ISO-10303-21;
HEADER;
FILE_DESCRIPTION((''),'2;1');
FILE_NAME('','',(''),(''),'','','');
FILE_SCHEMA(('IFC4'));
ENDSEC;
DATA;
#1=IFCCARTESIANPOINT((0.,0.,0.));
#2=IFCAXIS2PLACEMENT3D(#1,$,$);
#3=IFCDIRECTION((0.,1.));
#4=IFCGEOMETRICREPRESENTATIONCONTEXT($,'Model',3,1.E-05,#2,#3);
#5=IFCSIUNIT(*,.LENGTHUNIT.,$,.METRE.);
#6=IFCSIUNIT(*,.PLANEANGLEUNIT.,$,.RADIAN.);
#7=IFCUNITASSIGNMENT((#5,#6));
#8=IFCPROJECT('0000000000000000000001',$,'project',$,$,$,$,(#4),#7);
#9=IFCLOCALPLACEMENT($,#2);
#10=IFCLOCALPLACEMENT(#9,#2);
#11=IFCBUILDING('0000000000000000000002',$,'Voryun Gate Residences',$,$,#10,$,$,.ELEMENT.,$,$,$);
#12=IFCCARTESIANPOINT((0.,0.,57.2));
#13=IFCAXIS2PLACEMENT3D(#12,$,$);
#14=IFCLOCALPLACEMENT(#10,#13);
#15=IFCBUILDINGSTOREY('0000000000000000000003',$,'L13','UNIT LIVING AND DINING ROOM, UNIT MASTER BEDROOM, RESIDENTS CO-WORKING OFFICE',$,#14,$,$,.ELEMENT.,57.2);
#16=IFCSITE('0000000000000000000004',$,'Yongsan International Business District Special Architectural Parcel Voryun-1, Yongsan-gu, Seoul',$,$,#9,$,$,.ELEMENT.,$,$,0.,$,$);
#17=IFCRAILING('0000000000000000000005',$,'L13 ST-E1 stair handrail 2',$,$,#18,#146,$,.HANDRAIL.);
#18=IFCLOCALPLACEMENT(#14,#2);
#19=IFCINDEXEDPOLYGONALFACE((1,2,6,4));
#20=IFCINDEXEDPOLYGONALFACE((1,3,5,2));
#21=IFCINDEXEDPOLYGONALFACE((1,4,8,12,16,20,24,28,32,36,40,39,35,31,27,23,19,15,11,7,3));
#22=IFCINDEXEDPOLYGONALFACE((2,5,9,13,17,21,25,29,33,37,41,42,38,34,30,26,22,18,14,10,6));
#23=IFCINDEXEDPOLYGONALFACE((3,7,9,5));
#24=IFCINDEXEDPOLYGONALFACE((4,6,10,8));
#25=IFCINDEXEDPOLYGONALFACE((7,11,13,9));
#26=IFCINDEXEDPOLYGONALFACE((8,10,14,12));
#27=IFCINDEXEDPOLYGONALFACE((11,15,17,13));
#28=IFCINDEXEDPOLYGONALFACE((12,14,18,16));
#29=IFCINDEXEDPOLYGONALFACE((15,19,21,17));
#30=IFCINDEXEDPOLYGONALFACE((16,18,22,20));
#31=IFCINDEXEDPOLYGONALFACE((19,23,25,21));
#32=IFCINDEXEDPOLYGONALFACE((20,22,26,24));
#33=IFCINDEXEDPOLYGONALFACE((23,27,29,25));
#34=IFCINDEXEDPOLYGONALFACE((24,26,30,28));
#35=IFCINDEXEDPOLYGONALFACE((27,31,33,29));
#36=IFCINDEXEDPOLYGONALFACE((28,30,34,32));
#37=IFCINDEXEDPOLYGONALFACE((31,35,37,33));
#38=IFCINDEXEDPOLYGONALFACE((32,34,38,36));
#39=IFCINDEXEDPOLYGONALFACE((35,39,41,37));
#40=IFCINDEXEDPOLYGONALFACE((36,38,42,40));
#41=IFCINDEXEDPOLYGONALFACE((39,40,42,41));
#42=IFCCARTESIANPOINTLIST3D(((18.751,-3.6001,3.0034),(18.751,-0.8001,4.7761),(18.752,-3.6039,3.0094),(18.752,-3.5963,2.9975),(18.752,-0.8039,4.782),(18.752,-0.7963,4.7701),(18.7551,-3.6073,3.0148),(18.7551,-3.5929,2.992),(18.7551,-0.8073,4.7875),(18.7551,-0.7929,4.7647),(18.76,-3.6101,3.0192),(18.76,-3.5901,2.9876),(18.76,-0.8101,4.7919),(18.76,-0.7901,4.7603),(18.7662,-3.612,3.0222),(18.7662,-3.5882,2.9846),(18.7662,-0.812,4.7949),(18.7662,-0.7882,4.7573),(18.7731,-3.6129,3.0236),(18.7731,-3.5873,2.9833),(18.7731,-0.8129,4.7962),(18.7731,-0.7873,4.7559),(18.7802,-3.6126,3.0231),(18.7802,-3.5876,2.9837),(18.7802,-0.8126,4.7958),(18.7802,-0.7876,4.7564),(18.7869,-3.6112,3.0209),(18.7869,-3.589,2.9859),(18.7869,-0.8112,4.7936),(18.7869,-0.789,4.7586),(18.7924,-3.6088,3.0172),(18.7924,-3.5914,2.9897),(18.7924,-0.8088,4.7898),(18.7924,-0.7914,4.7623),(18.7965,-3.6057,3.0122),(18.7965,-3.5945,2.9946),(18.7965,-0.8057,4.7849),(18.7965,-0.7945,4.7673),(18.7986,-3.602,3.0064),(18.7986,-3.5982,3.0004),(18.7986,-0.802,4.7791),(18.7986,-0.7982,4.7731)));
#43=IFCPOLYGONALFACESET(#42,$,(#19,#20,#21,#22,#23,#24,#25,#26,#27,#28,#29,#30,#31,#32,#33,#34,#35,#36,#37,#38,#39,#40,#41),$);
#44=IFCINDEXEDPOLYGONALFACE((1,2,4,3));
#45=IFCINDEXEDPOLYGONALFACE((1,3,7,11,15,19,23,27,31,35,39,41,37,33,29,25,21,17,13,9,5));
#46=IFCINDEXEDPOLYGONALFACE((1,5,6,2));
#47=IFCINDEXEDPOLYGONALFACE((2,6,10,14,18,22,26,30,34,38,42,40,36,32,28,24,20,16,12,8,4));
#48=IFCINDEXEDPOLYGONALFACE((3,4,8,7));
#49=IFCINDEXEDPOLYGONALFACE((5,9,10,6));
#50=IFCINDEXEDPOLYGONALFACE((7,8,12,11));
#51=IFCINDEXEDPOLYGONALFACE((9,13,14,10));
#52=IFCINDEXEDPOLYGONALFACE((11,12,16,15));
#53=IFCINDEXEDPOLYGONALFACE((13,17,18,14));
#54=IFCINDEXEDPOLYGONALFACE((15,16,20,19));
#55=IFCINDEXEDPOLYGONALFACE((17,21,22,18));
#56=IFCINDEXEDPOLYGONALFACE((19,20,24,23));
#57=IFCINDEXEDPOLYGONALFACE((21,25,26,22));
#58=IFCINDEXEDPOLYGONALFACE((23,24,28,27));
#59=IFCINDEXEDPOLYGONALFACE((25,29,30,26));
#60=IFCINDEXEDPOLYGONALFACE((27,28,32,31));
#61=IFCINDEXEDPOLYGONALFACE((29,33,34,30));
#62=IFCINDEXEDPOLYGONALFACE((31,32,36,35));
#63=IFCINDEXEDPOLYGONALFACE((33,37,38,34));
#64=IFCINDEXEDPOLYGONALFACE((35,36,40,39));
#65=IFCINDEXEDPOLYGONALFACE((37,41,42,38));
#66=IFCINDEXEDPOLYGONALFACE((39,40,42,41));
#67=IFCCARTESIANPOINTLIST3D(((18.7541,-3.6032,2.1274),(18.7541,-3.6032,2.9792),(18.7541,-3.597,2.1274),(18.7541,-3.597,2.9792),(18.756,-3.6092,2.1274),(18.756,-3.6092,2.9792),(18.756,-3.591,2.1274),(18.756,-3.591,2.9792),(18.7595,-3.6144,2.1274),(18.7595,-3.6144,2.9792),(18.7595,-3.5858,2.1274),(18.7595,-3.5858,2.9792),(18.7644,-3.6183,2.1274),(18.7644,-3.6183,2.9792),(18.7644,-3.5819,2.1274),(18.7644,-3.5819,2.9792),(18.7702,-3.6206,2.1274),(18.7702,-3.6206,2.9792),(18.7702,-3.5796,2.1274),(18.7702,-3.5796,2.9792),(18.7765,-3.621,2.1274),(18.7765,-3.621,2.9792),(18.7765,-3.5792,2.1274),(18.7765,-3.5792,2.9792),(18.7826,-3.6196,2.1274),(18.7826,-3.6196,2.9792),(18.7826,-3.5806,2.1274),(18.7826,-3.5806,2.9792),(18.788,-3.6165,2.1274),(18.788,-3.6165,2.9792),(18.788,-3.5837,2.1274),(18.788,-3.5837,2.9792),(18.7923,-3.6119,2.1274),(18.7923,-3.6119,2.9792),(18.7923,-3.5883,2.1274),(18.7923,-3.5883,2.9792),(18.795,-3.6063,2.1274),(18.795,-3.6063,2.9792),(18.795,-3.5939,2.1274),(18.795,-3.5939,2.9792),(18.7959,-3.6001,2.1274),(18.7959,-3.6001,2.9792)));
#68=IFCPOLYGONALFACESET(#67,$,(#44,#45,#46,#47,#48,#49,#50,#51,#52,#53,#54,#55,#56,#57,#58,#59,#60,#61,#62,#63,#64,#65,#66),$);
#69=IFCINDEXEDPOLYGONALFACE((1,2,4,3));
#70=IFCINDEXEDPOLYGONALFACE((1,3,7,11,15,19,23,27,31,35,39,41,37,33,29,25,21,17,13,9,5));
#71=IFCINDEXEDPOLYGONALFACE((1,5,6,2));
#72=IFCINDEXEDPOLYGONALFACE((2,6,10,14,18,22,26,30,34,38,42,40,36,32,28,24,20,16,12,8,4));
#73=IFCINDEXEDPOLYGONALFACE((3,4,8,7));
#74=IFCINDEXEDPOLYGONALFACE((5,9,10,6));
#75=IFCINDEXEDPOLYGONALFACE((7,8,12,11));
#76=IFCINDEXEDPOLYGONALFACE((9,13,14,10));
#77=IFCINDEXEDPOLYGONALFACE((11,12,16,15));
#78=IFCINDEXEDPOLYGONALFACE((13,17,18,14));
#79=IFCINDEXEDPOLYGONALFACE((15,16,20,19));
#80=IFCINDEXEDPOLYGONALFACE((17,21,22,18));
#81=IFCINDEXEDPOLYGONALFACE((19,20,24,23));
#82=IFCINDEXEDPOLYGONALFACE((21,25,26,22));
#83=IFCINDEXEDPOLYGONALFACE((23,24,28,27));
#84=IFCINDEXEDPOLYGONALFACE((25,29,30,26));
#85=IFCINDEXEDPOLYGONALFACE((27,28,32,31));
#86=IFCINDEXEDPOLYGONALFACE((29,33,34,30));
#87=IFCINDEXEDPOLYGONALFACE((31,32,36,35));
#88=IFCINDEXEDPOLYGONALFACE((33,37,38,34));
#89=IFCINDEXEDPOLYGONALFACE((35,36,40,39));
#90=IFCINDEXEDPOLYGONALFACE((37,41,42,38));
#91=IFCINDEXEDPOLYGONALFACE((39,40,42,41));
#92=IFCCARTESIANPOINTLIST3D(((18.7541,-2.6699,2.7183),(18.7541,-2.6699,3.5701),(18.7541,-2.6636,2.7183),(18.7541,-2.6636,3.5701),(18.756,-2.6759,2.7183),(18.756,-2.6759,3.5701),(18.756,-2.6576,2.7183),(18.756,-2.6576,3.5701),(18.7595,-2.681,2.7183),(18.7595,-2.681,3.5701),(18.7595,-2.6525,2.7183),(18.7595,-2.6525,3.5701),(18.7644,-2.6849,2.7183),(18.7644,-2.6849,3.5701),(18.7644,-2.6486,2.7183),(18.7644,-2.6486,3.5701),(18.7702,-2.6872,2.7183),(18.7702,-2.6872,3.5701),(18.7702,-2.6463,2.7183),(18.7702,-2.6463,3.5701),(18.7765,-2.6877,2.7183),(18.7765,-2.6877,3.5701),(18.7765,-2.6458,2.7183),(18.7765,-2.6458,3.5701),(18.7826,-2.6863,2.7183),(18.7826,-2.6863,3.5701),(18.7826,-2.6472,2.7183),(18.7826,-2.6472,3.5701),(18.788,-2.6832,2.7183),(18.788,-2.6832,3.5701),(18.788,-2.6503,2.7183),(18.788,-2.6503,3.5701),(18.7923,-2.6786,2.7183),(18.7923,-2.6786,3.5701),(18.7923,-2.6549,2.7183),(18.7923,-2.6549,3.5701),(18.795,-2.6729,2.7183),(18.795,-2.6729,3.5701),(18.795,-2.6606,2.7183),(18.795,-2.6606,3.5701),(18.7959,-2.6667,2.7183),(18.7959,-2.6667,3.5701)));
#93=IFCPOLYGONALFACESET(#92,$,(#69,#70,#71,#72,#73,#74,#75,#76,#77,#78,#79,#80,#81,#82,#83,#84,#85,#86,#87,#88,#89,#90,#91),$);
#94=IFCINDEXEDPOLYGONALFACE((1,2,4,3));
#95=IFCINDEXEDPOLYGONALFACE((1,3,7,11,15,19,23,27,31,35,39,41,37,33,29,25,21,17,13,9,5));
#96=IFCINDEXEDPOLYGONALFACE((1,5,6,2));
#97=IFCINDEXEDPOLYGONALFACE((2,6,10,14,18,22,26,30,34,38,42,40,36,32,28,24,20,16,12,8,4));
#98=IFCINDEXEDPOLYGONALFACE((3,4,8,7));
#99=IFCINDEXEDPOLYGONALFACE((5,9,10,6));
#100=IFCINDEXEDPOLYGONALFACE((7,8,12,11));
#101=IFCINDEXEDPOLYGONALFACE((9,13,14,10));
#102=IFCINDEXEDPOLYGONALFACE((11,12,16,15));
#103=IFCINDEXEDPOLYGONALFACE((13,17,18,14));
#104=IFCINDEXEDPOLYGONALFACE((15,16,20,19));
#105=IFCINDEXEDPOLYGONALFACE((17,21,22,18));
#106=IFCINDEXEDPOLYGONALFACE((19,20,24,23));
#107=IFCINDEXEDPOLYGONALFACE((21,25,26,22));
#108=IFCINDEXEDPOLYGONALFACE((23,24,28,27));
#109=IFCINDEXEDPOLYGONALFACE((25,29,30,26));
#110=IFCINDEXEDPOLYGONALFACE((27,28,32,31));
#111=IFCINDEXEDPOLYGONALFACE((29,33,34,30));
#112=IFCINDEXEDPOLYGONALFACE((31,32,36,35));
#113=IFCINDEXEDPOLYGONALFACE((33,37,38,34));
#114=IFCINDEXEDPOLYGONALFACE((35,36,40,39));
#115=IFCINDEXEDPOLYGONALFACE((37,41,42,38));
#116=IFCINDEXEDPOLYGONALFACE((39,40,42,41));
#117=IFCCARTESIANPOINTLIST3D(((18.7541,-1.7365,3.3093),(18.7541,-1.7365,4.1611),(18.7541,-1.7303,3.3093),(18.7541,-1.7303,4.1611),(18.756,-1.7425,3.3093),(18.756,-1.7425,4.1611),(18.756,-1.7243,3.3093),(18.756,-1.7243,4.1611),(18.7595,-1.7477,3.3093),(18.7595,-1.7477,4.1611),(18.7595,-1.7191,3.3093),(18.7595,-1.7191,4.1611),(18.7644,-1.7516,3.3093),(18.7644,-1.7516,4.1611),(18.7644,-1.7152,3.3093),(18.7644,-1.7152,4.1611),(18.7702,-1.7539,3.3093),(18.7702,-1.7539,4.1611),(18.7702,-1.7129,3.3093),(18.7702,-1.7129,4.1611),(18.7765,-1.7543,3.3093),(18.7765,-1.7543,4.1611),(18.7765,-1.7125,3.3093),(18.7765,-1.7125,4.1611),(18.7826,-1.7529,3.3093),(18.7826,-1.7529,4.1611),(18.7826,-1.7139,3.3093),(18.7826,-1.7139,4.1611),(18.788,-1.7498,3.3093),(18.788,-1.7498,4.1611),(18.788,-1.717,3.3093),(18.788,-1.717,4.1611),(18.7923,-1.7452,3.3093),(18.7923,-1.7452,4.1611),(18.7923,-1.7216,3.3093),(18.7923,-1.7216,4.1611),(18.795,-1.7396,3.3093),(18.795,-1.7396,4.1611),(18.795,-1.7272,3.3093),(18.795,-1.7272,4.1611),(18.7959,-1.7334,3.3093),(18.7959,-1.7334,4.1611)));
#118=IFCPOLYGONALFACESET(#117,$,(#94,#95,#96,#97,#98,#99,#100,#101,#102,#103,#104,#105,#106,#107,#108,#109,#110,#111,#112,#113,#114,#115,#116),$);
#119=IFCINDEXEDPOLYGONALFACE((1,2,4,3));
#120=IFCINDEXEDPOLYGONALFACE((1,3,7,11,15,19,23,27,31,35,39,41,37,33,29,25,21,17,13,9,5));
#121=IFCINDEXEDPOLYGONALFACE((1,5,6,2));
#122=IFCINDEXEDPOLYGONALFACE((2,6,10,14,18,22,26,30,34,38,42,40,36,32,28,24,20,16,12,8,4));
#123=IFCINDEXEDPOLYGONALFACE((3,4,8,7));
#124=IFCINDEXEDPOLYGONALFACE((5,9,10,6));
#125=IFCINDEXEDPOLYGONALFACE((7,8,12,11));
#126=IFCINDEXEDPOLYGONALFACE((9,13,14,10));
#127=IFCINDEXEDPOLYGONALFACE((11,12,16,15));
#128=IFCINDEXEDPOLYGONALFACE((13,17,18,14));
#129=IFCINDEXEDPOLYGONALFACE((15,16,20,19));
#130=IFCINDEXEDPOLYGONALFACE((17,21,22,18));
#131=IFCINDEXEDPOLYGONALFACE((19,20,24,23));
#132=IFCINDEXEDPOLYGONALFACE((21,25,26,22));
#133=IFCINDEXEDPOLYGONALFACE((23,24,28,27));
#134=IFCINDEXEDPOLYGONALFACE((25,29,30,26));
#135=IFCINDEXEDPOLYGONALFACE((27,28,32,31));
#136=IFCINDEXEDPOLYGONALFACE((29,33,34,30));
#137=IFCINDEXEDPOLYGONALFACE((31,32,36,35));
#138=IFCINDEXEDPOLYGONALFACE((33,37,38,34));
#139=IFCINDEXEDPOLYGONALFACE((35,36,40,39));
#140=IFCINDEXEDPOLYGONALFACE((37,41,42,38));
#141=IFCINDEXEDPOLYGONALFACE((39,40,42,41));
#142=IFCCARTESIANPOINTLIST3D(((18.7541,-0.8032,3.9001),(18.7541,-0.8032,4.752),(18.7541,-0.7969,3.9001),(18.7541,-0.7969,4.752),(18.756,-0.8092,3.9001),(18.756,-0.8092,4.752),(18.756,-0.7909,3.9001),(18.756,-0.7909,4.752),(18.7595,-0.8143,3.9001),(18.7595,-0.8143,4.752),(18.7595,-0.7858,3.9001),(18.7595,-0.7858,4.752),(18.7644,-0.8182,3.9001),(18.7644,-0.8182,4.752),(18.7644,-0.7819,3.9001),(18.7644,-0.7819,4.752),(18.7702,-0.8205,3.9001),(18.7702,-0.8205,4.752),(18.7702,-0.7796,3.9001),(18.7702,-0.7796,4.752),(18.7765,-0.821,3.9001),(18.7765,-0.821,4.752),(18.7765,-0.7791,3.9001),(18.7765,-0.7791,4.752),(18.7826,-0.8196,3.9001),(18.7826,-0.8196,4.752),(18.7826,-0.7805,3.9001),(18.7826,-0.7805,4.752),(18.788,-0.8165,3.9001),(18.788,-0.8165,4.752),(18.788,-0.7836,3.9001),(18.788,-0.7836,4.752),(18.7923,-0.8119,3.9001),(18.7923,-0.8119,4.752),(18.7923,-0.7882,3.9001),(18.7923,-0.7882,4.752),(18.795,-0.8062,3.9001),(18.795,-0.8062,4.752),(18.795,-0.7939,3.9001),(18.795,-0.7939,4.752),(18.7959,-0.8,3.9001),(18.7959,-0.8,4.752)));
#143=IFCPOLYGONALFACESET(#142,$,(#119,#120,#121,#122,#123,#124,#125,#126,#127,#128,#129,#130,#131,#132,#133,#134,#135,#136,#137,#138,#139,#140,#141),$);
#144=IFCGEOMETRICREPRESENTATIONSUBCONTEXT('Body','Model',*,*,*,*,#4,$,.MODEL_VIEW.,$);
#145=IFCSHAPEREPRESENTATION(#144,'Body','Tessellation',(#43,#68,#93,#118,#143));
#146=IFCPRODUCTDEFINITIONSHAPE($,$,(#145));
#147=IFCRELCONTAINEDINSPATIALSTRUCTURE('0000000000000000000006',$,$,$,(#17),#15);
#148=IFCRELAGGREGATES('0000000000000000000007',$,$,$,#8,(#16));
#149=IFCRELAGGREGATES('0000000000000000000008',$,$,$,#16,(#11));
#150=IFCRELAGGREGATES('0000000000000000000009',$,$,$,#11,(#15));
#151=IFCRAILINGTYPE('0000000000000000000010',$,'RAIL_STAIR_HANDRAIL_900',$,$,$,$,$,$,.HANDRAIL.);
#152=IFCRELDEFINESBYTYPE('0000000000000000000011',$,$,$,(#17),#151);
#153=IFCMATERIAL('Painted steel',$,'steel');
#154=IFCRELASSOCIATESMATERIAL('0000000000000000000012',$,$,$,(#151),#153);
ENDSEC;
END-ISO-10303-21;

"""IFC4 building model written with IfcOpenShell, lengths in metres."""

from ifc_helpers import new_model, si_unit, direction, frame, origin, origin_2d, place, context, subcontext, project, spatial, circle, extrude, material, type_object, element, save


model = new_model("IFC4")

# Units and contexts
model_context = context("Model", 3, precision=1e-05, world=origin(), true_north=direction((0.0, 1.0)))
body_context = subcontext(model_context, "Body", "Model", "MODEL_VIEW")
ifc_project = project(units=[si_unit("LENGTHUNIT", "METRE"), si_unit("PLANEANGLEUNIT", "RADIAN")], contexts=[model_context])

# Site, building, storey
site_placement = place(None, origin())
site = spatial("IfcSite", under=ifc_project, at=site_placement, Name="Yongsan International Business District Special Architectural Parcel Voryun-1, Yongsan-gu, Seoul", CompositionType="ELEMENT", RefElevation=0.0)
building_placement = place(site_placement, origin())
building = spatial("IfcBuilding", under=site, at=building_placement, Name="Voryun Gate Residences", CompositionType="ELEMENT")
storey_placement = place(building_placement, frame((0.0, 0.0, 57.2)))
storey = spatial("IfcBuildingStorey", under=building, at=storey_placement, Name="L13", Description="UNIT LIVING AND DINING ROOM, UNIT MASTER BEDROOM, RESIDENTS CO-WORKING OFFICE", CompositionType="ELEMENT", Elevation=57.2)

# Railing
ifc_material_1 = material(Name="Painted steel", Category="steel")
railing_type_1 = type_object("IfcRailingType", Name="RAIL_STAIR_HANDRAIL_900", PredefinedType="HANDRAIL", material=ifc_material_1)
railing_1_placement = place(storey_placement, frame((18.7749, -3.6001, 2.1274)))
element("IfcRailing", 1, at=railing_1_placement, inside=storey, type_object=railing_type_1, Name="L13 ST-E1 stair handrail 2", PredefinedType="HANDRAIL", context=body_context, shape_type="SweptSolid", body=[
    extrude(circle(Radius=0.0239, at=origin_2d()), frame((0.0, 0.0, 0.876), z_axis=(0.0, 0.844909, 0.53491), x_axis=(-1.0, 0.0, 0.0)), (0.0, 0.0, 1.0), 3.314),
    extrude(circle(Radius=0.021, at=origin_2d()), origin(), (0.0, 0.0, 1.0), 0.8518),
    extrude(circle(Radius=0.021, at=origin_2d()), frame((0.0, 0.9333, 0.5908)), (0.0, 0.0, 1.0), 0.8518),
    extrude(circle(Radius=0.021, at=origin_2d()), frame((0.0, 1.8667, 1.1819)), (0.0, 0.0, 1.0), 0.8518),
    extrude(circle(Radius=0.021, at=origin_2d()), frame((0.0, 2.8, 1.7727)), (0.0, 0.0, 1.0), 0.8518),
])

save(model, "model.ifc")
